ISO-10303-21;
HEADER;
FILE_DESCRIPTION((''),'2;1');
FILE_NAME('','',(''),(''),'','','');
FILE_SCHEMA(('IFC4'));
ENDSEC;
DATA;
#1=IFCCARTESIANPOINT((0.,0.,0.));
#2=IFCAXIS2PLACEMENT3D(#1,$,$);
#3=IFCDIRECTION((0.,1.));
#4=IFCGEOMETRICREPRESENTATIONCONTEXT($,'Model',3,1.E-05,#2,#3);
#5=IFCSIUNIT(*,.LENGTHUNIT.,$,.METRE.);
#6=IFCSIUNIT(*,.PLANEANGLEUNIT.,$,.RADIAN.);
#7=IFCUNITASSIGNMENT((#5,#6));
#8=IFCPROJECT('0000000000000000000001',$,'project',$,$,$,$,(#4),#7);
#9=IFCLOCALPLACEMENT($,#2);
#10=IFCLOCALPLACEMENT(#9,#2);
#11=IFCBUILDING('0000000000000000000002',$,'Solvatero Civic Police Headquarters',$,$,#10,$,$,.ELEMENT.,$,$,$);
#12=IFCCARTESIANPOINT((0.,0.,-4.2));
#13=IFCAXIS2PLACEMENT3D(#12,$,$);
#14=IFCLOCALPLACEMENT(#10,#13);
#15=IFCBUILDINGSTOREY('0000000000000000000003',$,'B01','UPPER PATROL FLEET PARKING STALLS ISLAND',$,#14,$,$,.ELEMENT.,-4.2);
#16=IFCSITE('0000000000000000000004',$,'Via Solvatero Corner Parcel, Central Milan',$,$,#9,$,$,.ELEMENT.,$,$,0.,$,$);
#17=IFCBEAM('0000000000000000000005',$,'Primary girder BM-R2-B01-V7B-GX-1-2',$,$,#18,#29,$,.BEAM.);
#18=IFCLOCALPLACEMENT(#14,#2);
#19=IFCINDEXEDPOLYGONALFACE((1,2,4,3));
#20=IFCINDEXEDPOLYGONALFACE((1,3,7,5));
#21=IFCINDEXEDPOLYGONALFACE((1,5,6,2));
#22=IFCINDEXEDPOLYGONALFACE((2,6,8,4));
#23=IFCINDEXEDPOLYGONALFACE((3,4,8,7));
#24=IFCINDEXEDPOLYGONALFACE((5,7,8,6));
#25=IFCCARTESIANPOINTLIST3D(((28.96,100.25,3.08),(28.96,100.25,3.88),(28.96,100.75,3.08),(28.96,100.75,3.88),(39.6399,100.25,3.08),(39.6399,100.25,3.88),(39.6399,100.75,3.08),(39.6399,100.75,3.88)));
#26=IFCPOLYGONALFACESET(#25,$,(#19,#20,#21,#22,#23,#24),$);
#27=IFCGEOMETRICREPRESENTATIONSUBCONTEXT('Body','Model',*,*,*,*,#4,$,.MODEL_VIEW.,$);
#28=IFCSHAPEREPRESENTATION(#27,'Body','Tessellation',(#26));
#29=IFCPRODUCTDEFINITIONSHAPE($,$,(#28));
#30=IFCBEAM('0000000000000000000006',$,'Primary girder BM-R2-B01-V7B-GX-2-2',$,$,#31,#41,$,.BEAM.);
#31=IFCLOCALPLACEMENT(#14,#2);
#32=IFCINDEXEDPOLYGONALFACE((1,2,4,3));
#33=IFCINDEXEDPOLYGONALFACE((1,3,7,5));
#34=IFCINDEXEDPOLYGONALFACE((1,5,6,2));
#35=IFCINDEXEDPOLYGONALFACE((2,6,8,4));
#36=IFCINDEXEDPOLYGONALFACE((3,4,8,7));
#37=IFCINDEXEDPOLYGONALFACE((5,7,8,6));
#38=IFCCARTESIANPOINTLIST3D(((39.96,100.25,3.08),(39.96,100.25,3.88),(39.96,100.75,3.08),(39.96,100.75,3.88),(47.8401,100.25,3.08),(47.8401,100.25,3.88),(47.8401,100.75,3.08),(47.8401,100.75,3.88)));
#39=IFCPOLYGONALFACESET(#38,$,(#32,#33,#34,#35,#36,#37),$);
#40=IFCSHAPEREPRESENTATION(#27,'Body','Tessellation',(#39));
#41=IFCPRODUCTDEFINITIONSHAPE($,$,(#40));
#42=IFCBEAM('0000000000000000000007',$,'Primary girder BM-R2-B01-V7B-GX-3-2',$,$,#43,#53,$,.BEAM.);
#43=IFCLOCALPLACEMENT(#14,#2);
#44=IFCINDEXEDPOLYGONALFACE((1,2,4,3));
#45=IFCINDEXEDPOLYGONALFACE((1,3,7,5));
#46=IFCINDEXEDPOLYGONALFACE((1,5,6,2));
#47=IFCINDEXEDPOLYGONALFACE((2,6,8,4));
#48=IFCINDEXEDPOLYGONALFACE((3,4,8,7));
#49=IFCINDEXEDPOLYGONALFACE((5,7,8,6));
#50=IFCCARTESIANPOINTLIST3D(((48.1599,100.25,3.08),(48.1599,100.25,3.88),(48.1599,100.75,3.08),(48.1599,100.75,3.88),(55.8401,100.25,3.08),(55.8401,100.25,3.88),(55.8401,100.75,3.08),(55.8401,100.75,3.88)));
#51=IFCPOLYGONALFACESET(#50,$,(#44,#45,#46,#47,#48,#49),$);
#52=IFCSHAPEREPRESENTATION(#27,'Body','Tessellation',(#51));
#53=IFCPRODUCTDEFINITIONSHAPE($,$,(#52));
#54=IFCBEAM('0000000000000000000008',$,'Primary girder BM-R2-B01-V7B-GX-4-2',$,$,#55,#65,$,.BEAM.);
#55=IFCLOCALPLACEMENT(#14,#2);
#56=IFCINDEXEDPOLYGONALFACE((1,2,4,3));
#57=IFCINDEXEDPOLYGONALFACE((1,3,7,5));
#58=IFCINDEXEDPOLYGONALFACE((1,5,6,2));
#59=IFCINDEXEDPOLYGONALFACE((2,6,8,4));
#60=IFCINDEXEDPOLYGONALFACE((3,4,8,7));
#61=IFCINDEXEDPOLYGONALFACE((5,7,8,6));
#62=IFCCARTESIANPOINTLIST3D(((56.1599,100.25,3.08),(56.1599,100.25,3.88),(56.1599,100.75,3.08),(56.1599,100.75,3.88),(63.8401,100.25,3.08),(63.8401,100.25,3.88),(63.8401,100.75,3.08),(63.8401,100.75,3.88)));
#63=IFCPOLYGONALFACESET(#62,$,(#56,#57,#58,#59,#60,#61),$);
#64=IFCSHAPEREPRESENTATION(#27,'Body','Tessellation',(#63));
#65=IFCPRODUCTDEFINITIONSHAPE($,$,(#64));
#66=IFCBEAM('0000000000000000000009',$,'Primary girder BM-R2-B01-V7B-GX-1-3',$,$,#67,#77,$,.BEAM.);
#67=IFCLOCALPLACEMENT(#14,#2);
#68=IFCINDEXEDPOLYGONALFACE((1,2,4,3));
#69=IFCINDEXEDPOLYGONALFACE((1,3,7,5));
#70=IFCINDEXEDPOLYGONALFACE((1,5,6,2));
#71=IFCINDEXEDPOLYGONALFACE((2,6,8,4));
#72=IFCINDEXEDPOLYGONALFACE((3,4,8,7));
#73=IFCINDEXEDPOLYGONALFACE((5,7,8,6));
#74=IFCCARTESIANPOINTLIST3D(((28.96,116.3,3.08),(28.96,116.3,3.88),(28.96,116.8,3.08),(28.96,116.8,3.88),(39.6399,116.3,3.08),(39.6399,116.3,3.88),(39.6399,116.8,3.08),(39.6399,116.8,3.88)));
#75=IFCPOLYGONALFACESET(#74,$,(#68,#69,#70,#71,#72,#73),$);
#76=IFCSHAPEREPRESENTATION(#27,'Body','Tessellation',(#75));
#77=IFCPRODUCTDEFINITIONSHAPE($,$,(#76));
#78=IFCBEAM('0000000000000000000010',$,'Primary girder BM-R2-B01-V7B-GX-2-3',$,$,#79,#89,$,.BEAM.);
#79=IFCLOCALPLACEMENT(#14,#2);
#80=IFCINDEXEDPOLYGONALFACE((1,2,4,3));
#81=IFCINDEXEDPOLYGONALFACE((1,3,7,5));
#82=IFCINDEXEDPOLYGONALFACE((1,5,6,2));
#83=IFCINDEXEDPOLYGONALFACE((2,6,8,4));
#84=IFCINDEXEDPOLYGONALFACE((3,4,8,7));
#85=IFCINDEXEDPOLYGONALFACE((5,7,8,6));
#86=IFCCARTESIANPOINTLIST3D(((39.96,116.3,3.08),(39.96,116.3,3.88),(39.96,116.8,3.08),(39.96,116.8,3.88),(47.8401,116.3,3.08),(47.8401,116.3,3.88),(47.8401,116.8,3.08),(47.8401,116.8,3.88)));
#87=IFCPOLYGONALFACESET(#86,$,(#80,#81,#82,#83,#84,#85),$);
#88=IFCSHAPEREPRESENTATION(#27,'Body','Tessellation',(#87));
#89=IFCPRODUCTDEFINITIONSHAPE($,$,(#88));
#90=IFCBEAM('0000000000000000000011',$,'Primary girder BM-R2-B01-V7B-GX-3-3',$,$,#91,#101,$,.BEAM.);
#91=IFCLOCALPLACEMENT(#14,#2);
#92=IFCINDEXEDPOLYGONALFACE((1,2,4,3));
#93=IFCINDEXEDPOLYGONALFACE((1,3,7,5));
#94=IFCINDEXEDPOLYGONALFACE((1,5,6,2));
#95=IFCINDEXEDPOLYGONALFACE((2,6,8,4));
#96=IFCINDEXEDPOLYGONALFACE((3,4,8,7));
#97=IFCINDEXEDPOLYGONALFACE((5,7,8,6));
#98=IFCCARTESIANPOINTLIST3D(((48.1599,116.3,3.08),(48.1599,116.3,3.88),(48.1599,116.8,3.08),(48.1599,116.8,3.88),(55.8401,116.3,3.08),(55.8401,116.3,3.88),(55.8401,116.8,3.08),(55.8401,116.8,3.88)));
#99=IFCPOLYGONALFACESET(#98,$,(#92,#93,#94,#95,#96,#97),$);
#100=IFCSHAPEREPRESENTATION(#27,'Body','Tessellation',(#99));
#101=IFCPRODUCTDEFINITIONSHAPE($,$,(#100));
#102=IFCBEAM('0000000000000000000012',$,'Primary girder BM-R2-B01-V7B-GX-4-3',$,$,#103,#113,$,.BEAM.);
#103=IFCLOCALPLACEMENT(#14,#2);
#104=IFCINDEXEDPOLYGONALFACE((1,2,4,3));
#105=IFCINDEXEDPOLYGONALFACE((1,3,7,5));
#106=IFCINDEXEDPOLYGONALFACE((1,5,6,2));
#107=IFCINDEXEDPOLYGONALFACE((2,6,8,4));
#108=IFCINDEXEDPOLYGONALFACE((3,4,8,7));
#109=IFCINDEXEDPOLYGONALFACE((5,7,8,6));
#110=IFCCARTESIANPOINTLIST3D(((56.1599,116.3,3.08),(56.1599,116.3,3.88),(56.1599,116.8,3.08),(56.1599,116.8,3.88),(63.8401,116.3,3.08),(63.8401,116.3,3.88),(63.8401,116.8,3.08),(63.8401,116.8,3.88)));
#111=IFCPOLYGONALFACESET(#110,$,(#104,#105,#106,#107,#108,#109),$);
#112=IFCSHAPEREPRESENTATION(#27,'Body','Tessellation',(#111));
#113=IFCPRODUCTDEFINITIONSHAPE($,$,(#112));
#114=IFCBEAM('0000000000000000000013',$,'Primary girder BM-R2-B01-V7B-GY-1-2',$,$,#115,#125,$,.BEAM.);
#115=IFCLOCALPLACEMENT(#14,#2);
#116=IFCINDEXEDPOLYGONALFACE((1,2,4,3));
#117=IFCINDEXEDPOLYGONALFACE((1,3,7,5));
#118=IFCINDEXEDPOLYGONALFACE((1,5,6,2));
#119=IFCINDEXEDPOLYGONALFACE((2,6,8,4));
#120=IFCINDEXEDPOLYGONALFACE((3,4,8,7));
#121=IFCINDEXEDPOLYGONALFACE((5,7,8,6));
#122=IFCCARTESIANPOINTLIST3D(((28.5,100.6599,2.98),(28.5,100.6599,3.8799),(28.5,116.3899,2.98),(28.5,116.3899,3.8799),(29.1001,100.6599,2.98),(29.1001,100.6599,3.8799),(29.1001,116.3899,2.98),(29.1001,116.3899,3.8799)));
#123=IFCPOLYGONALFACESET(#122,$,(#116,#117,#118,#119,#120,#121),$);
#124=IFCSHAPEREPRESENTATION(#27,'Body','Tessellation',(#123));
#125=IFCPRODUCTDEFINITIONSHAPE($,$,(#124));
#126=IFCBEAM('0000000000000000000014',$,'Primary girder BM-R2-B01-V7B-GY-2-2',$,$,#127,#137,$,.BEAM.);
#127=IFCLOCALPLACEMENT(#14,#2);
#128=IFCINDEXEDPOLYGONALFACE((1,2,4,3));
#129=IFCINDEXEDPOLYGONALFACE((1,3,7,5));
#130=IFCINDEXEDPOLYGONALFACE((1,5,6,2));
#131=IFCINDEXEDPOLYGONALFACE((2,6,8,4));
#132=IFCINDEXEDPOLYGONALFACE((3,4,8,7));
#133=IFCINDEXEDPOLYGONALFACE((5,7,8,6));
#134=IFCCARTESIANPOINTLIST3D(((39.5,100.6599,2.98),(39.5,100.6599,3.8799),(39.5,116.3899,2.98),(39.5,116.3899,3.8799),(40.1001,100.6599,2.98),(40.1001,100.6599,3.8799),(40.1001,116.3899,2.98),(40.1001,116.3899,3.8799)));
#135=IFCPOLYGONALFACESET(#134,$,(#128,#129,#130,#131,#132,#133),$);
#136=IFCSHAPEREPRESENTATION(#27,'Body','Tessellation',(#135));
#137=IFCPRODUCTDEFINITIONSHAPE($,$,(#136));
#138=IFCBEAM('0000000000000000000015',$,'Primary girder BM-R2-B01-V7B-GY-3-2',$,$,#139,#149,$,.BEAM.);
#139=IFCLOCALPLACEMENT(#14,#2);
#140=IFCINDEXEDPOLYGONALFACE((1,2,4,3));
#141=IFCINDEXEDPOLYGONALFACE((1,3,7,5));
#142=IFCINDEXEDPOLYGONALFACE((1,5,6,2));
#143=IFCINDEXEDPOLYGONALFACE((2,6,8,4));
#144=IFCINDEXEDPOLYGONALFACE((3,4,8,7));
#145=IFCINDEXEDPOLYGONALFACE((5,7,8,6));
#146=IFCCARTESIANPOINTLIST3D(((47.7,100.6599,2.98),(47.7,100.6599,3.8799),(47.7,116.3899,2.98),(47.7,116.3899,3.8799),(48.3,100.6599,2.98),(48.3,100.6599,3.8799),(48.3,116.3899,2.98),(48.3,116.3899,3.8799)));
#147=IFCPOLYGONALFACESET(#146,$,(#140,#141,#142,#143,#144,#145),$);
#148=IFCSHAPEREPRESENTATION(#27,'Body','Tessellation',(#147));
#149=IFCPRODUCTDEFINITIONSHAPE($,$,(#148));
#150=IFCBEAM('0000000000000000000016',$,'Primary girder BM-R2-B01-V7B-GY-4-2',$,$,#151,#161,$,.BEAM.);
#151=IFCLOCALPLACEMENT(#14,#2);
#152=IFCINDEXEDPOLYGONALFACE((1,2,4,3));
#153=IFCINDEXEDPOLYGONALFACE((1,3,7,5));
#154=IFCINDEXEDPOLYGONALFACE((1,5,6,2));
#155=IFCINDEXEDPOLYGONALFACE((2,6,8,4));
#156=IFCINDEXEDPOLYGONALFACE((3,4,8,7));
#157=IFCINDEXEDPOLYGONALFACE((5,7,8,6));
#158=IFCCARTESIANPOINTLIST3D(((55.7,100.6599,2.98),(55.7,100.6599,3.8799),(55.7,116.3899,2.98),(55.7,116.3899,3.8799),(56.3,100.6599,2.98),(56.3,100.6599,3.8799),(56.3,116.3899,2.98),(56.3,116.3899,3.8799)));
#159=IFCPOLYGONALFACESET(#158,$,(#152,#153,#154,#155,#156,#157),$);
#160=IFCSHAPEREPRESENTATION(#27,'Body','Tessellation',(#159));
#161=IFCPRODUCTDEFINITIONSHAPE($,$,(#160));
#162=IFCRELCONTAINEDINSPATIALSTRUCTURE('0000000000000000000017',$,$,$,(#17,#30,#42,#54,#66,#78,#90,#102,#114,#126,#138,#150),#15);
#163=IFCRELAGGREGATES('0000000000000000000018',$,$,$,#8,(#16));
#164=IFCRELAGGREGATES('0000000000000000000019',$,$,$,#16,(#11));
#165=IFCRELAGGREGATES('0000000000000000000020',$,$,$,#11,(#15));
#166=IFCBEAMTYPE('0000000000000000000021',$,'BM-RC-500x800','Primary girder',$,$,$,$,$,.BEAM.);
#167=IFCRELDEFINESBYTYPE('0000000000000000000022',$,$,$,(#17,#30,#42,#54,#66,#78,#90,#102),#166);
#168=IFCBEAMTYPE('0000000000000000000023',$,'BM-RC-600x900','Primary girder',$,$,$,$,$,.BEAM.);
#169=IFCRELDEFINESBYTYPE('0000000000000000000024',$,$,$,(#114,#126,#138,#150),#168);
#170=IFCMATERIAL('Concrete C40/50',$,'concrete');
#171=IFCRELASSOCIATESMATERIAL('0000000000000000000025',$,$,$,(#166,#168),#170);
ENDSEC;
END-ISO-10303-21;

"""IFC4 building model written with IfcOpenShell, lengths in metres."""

from ifc_helpers import new_model, si_unit, direction, frame, origin, origin_2d, place, context, subcontext, project, spatial, rectangle, extrude, material, material_profile, profile_set, type_object, element, save


model = new_model("IFC4")

# Units and contexts
model_context = context("Model", 3, precision=1e-05, world=origin(), true_north=direction((0.0, 1.0)))
body_context = subcontext(model_context, "Body", "Model", "MODEL_VIEW")
ifc_project = project(units=[si_unit("LENGTHUNIT", "METRE"), si_unit("PLANEANGLEUNIT", "RADIAN")], contexts=[model_context])

# Site, building, storey
site_placement = place(None, origin())
site = spatial("IfcSite", under=ifc_project, at=site_placement, Name="Via Solvatero Corner Parcel, Central Milan", CompositionType="ELEMENT", RefElevation=0.0)
building_placement = place(site_placement, origin())
building = spatial("IfcBuilding", under=site, at=building_placement, Name="Solvatero Civic Police Headquarters", CompositionType="ELEMENT")
storey_placement = place(building_placement, frame((0.0, 0.0, -4.2)))
storey = spatial("IfcBuildingStorey", under=building, at=storey_placement, Name="B01", Description="UPPER PATROL FLEET PARKING STALLS ISLAND", CompositionType="ELEMENT", Elevation=-4.2)

# Shared definitions
ifc_material_1 = material(Name="Concrete C40/50", Category="concrete")

# Beams
ifc_material_profile_1 = material_profile(ifc_material_1, rectangle(XDim=0.5, YDim=0.8, at=origin_2d()), Name="RC 500x800")
ifc_profile_set_1 = profile_set([ifc_material_profile_1], Name="Concrete C40/50")
beam_type_1 = type_object("IfcBeamType", Name="BM-RC-500x800", Description="Primary girder", PredefinedType="BEAM", material=ifc_profile_set_1)
beam_1_placement = place(storey_placement, frame((28.96, 100.5, 3.48), z_axis=(1.0, 0.0, 0.0), x_axis=(0.0, 1.0, 0.0)))
element("IfcBeam", 1, at=beam_1_placement, inside=storey, type_object=beam_type_1, Name="Primary girder BM-R2-B01-V7B-GX-1-2", PredefinedType="BEAM", context=body_context, shape_type="SweptSolid", body=[
    extrude(rectangle(XDim=0.5, YDim=0.8, at=origin_2d()), origin(), (0.0, 0.0, 1.0), 10.6799),
])
beam_2_placement = place(storey_placement, frame((39.96, 100.5, 3.48), z_axis=(1.0, 0.0, 0.0), x_axis=(0.0, 1.0, 0.0)))
element("IfcBeam", 2, at=beam_2_placement, inside=storey, type_object=beam_type_1, Name="Primary girder BM-R2-B01-V7B-GX-2-2", PredefinedType="BEAM", context=body_context, shape_type="SweptSolid", body=[
    extrude(rectangle(XDim=0.5, YDim=0.8, at=origin_2d()), origin(), (0.0, 0.0, 1.0), 7.8801),
])
for number, where, z_axis, x_axis, name in (
    (3, (48.1599, 100.5, 3.48), (1.0, 0.0, 0.0), (0.0, 1.0, 0.0), "Primary girder BM-R2-B01-V7B-GX-3-2"),
    (4, (56.1599, 100.5, 3.48), (1.0, 0.0, 0.0), (0.0, 1.0, 0.0), "Primary girder BM-R2-B01-V7B-GX-4-2"),
):
    element("IfcBeam", number, at=place(storey_placement, frame(where, z_axis=z_axis, x_axis=x_axis)), inside=storey, type_object=beam_type_1, Name=name, PredefinedType="BEAM", context=body_context, shape_type="SweptSolid", body=[
        extrude(rectangle(XDim=0.5, YDim=0.8, at=origin_2d()), origin(), (0.0, 0.0, 1.0), 7.6802),
    ])
beam_3_placement = place(storey_placement, frame((28.96, 116.55, 3.48), z_axis=(1.0, 0.0, 0.0), x_axis=(0.0, 1.0, 0.0)))
element("IfcBeam", 5, at=beam_3_placement, inside=storey, type_object=beam_type_1, Name="Primary girder BM-R2-B01-V7B-GX-1-3", PredefinedType="BEAM", context=body_context, shape_type="SweptSolid", body=[
    extrude(rectangle(XDim=0.5, YDim=0.8, at=origin_2d()), origin(), (0.0, 0.0, 1.0), 10.6799),
])
beam_4_placement = place(storey_placement, frame((39.96, 116.55, 3.48), z_axis=(1.0, 0.0, 0.0), x_axis=(0.0, 1.0, 0.0)))
element("IfcBeam", 6, at=beam_4_placement, inside=storey, type_object=beam_type_1, Name="Primary girder BM-R2-B01-V7B-GX-2-3", PredefinedType="BEAM", context=body_context, shape_type="SweptSolid", body=[
    extrude(rectangle(XDim=0.5, YDim=0.8, at=origin_2d()), origin(), (0.0, 0.0, 1.0), 7.8801),
])
for number, where, z_axis, x_axis, name in (
    (7, (48.1599, 116.55, 3.48), (1.0, 0.0, 0.0), (0.0, 1.0, 0.0), "Primary girder BM-R2-B01-V7B-GX-3-3"),
    (8, (56.1599, 116.55, 3.48), (1.0, 0.0, 0.0), (0.0, 1.0, 0.0), "Primary girder BM-R2-B01-V7B-GX-4-3"),
):
    element("IfcBeam", number, at=place(storey_placement, frame(where, z_axis=z_axis, x_axis=x_axis)), inside=storey, type_object=beam_type_1, Name=name, PredefinedType="BEAM", context=body_context, shape_type="SweptSolid", body=[
        extrude(rectangle(XDim=0.5, YDim=0.8, at=origin_2d()), origin(), (0.0, 0.0, 1.0), 7.6802),
    ])
ifc_material_profile_2 = material_profile(ifc_material_1, rectangle(XDim=0.6001, YDim=0.8999, at=origin_2d()), Name="RC 600x900")
ifc_profile_set_2 = profile_set([ifc_material_profile_2], Name="Concrete C40/50")
beam_type_2 = type_object("IfcBeamType", Name="BM-RC-600x900", Description="Primary girder", PredefinedType="BEAM", material=ifc_profile_set_2)
for number, where, z_axis, x_axis, name in (
    (9, (28.8, 100.6599, 3.4299), (0.0, 1.0, 0.0), (-1.0, 0.0, 0.0), "Primary girder BM-R2-B01-V7B-GY-1-2"),
    (10, (39.8, 100.6599, 3.4299), (0.0, 1.0, 0.0), (-1.0, 0.0, 0.0), "Primary girder BM-R2-B01-V7B-GY-2-2"),
    (11, (48.0, 100.6599, 3.4299), (0.0, 1.0, 0.0), (-1.0, 0.0, 0.0), "Primary girder BM-R2-B01-V7B-GY-3-2"),
    (12, (56.0, 100.6599, 3.4299), (0.0, 1.0, 0.0), (-1.0, 0.0, 0.0), "Primary girder BM-R2-B01-V7B-GY-4-2"),
):
    element("IfcBeam", number, at=place(storey_placement, frame(where, z_axis=z_axis, x_axis=x_axis)), inside=storey, type_object=beam_type_2, Name=name, PredefinedType="BEAM", context=body_context, shape_type="SweptSolid", body=[
        extrude(rectangle(XDim=0.6001, YDim=0.8999, at=origin_2d()), origin(), (0.0, 0.0, 1.0), 15.73),
    ])

save(model, "model.ifc")
